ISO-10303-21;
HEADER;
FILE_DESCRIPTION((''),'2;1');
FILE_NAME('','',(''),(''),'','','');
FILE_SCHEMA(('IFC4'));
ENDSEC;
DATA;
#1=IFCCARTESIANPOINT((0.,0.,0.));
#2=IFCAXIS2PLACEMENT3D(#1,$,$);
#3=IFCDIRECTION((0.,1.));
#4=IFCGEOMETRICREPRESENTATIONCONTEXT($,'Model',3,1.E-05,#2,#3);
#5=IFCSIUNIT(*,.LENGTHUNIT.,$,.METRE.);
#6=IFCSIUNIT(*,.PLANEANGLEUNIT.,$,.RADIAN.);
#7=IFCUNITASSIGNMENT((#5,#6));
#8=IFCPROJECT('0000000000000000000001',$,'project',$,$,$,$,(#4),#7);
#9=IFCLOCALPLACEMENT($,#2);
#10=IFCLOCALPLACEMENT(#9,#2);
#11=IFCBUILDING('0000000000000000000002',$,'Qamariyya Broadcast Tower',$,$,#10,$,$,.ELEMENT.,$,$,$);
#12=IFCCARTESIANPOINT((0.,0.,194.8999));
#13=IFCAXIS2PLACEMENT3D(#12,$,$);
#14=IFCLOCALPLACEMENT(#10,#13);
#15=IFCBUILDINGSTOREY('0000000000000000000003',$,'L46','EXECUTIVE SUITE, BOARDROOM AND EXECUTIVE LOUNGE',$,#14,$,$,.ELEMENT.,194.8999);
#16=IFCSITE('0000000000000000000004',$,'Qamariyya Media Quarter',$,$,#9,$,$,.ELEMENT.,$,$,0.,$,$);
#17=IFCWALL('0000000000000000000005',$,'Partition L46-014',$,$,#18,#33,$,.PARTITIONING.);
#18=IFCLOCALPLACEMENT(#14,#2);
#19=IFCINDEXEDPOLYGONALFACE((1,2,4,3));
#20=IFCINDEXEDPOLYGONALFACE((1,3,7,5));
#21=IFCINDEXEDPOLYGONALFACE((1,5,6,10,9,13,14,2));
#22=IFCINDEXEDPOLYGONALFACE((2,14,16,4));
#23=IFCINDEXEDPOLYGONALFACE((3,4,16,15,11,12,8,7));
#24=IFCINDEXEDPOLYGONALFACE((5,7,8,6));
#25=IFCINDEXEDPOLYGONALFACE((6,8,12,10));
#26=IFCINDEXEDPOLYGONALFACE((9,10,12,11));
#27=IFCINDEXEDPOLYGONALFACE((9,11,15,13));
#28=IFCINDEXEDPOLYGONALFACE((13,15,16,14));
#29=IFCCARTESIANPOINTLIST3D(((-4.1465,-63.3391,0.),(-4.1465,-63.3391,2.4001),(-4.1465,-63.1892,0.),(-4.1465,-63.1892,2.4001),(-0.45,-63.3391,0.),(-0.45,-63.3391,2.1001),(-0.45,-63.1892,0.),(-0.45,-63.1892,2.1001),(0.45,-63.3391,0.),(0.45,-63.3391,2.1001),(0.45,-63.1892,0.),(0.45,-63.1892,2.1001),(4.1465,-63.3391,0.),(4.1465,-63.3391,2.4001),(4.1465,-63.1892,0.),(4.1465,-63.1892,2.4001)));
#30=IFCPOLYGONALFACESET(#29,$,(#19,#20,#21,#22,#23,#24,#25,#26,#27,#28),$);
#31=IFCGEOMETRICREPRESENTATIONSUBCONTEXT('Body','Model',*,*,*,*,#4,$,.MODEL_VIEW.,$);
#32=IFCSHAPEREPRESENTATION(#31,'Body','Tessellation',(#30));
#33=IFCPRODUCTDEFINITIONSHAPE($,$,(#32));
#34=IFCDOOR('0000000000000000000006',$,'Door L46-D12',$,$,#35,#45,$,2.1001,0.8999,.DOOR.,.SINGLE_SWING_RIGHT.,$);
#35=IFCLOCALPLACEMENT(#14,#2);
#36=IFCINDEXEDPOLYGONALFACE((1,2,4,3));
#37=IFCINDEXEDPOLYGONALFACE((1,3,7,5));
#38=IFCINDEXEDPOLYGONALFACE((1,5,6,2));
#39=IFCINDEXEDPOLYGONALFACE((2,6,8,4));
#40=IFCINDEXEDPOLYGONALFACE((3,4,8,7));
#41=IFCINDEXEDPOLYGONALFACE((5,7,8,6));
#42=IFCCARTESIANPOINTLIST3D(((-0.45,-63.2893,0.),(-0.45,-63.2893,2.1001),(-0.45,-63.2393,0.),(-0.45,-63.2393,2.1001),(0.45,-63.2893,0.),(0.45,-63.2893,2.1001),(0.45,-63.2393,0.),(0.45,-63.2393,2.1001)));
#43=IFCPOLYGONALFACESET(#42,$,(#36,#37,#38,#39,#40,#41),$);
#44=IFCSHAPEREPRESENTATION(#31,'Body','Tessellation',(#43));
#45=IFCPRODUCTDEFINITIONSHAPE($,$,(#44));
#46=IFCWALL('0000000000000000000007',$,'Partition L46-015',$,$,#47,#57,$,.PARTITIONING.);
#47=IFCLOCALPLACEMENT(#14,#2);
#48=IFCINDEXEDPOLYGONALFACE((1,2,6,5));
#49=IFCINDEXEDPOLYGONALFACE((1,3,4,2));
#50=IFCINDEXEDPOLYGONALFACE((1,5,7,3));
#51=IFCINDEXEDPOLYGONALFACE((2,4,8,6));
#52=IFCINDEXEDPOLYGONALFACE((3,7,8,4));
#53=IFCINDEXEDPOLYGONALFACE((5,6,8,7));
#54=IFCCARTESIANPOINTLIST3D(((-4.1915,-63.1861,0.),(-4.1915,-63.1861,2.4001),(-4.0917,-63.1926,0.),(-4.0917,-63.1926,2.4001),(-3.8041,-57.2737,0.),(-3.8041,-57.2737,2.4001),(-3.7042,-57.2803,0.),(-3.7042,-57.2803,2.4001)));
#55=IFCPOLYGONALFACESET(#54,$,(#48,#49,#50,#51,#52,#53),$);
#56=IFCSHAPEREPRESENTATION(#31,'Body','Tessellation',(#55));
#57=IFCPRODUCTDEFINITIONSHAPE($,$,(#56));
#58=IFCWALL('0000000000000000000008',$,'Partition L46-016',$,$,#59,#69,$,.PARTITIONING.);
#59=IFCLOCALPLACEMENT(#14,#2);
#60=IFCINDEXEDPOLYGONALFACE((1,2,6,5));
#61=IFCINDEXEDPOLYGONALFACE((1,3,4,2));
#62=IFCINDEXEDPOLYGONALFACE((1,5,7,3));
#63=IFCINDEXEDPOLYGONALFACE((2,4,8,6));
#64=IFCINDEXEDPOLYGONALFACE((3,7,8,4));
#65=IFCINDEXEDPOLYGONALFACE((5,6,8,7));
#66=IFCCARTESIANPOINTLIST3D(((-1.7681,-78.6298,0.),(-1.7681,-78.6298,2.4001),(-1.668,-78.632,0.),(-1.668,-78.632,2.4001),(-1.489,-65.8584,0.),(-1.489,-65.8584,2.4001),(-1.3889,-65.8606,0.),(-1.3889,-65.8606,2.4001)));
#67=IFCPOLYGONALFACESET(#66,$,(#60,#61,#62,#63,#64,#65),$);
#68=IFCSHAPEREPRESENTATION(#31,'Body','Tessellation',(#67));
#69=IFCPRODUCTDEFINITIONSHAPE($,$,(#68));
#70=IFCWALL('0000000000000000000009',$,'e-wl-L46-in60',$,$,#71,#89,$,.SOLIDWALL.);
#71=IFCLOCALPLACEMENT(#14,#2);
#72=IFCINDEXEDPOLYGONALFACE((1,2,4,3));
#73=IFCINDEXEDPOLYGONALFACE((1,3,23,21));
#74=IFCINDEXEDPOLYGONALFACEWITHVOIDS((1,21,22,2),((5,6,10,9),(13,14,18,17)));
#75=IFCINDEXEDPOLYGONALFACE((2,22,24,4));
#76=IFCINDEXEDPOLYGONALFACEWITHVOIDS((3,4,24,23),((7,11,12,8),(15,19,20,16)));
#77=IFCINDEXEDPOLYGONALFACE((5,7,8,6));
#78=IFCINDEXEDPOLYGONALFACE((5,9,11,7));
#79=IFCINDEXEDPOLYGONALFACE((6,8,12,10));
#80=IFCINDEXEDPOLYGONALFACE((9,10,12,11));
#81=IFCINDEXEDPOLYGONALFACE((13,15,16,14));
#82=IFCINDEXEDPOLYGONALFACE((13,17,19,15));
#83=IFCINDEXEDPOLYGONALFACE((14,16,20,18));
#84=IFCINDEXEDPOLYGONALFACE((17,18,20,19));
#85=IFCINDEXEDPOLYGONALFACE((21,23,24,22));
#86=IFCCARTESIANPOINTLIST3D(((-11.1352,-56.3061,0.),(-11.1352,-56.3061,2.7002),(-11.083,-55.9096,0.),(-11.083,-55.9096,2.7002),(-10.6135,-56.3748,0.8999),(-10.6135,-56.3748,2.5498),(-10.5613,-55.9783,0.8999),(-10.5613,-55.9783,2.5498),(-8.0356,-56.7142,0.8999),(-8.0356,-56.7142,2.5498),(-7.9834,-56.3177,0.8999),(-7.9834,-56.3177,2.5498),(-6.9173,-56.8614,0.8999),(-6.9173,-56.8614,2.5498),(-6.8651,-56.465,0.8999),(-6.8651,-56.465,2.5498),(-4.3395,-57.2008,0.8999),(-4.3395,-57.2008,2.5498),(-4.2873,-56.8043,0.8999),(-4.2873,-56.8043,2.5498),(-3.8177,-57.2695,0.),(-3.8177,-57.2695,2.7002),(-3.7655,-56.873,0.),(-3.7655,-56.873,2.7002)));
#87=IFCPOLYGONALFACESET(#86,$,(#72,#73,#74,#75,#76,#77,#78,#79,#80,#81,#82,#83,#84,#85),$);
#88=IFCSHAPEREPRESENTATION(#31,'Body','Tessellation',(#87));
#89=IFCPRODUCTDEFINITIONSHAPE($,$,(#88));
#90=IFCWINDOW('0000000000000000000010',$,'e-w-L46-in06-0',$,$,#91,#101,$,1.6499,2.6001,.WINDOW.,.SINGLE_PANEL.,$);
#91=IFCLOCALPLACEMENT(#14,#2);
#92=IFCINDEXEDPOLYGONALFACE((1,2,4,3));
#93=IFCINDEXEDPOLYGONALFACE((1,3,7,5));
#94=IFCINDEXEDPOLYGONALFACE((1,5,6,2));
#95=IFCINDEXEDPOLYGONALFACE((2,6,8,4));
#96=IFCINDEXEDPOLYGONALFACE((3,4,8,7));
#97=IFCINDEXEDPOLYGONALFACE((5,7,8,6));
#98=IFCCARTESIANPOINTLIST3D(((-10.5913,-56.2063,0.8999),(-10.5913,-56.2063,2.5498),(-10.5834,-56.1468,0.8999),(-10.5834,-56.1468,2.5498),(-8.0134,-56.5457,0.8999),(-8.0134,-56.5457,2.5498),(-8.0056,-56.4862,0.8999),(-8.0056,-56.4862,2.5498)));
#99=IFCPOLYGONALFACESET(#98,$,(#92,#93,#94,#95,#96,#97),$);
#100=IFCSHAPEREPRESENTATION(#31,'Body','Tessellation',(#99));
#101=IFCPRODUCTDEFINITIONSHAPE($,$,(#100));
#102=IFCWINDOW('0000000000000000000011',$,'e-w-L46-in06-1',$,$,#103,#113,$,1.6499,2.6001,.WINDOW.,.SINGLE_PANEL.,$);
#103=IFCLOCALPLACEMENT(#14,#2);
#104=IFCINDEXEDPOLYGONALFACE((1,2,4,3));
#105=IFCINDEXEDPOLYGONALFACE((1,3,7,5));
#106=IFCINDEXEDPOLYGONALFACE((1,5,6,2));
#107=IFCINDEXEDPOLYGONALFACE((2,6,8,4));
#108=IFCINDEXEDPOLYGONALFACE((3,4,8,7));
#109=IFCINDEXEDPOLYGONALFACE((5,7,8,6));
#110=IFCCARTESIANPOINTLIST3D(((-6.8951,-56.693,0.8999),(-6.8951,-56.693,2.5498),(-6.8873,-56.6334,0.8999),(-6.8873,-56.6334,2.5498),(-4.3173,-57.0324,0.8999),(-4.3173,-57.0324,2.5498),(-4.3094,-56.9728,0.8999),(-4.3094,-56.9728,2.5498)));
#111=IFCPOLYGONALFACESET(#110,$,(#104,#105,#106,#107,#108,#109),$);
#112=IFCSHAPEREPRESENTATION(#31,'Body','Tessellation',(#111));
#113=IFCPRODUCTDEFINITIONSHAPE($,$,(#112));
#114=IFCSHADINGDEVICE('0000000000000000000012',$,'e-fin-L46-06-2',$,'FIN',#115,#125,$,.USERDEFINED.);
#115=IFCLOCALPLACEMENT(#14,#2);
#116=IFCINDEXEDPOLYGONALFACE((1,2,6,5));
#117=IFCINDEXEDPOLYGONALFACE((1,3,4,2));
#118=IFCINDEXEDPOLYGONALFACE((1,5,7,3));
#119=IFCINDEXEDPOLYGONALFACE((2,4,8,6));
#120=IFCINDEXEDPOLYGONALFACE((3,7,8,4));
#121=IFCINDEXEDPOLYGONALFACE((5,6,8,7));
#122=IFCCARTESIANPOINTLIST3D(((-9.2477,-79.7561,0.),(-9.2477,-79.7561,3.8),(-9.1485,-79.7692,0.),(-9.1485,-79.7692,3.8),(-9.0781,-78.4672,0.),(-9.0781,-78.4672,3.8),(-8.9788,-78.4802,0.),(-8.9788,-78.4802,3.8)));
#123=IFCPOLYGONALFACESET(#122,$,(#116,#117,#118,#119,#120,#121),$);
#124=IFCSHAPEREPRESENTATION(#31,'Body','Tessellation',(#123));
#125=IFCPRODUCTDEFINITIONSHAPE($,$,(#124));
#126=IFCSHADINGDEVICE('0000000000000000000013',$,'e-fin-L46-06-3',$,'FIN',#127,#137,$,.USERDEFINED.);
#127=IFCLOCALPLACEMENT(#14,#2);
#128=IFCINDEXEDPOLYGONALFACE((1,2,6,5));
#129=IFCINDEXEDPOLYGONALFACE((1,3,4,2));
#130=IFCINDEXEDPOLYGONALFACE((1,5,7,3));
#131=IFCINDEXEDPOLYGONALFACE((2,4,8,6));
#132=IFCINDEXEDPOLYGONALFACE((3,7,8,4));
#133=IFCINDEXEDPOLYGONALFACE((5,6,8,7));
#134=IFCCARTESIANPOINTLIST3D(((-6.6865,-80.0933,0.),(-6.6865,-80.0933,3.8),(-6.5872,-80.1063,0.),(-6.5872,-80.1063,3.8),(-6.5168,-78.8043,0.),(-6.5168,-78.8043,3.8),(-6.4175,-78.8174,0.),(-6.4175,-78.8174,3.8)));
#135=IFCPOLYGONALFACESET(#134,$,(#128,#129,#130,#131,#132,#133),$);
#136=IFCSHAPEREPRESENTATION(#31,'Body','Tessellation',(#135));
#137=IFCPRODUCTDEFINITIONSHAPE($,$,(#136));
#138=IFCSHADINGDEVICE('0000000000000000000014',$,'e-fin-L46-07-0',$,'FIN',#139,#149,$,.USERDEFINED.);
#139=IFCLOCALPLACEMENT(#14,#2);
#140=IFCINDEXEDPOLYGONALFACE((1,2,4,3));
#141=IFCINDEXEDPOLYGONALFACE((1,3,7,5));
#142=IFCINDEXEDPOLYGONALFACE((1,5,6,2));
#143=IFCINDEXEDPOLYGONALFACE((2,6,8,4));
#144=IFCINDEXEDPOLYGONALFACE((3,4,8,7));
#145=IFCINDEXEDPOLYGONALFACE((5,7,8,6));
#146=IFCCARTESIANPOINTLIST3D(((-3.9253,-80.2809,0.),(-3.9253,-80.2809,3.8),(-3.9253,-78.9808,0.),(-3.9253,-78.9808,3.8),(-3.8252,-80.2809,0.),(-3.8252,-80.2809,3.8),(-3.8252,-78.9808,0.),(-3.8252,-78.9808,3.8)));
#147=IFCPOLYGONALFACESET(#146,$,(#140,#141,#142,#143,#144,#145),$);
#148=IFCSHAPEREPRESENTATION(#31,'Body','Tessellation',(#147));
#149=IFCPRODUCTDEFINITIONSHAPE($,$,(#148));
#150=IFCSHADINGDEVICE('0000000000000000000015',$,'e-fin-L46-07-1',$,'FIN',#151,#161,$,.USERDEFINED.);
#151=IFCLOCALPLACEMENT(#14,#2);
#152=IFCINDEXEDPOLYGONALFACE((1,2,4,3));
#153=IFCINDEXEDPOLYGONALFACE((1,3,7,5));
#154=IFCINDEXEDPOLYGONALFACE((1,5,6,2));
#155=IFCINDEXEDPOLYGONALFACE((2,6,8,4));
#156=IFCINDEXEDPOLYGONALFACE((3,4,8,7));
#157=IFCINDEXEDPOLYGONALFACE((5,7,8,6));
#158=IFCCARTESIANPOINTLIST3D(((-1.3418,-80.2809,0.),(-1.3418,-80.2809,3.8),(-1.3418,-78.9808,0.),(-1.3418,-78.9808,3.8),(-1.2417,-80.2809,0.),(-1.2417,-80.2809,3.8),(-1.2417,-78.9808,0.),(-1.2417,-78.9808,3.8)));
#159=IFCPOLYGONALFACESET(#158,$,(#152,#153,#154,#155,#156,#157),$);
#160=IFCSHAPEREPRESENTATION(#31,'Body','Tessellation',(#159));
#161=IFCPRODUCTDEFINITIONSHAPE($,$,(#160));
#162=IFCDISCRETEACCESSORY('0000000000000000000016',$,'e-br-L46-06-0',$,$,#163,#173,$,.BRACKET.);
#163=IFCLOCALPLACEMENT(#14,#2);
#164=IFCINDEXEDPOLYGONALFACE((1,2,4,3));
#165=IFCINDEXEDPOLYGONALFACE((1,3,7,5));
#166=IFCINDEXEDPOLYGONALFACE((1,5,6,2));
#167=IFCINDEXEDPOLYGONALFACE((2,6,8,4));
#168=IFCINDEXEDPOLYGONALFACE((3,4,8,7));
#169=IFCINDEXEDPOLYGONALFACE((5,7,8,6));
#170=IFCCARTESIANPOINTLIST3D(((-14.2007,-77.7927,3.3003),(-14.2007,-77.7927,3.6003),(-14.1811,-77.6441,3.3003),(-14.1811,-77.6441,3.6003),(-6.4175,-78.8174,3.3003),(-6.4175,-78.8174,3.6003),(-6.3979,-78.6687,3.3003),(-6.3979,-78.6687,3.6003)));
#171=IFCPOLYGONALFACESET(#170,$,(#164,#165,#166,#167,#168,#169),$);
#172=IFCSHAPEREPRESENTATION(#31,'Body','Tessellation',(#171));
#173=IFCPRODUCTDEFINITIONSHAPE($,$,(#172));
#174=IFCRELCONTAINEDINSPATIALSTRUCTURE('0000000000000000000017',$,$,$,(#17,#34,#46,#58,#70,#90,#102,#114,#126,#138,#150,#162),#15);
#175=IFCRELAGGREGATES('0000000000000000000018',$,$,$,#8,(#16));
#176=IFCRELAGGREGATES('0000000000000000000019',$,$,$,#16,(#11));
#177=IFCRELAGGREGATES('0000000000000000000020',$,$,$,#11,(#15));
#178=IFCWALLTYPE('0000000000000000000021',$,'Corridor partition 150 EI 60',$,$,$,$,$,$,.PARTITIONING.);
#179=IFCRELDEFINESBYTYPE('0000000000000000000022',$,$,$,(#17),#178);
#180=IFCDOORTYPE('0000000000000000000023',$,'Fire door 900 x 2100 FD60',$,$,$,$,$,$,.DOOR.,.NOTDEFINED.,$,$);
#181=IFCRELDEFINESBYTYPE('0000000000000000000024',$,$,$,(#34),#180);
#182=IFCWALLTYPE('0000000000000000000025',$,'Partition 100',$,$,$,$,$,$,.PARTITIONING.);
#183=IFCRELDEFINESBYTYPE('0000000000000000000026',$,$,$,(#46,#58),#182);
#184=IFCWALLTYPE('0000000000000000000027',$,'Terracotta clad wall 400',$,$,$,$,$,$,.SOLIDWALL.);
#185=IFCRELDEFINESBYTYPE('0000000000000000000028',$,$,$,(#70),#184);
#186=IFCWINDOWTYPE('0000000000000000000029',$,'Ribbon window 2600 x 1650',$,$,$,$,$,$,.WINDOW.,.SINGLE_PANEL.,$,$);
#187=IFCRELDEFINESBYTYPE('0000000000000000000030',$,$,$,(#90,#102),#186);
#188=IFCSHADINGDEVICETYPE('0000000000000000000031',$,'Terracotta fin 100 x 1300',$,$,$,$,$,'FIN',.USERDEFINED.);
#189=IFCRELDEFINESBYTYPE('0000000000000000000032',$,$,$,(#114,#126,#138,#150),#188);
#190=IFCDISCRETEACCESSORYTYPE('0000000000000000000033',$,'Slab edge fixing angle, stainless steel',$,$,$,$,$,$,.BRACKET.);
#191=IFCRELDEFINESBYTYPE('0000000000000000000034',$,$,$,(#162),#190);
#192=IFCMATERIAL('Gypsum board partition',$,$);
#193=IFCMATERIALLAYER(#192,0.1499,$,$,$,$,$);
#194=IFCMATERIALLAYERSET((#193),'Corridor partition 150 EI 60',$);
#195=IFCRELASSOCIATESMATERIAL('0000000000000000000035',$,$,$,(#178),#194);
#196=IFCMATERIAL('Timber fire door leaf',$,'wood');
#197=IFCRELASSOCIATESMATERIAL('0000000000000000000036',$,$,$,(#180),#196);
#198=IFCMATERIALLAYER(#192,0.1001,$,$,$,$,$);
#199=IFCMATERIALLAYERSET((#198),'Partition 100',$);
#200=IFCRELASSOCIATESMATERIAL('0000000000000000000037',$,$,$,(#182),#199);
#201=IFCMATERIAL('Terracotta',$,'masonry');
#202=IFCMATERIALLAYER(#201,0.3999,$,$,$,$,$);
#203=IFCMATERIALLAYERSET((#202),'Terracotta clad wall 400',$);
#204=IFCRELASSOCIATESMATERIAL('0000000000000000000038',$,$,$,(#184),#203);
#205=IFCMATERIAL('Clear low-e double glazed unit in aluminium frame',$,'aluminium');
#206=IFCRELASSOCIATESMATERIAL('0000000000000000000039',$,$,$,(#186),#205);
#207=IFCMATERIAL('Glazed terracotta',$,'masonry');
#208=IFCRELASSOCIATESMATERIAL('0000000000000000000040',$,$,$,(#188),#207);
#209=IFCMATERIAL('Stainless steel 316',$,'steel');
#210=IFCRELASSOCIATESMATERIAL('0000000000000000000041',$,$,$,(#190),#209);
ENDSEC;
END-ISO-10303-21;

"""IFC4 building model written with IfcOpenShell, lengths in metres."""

from ifc_helpers import new_model, si_unit, direction, frame, frame_2d, origin, origin_2d, place, context, subcontext, project, spatial, rectangle, extrude, material, layer, layer_set, material_profile, profile_set, type_object, element, fill, save


model = new_model("IFC4")

# Units and contexts
model_context = context("Model", 3, precision=1e-05, world=origin(), true_north=direction((0.0, 1.0)))
body_context = subcontext(model_context, "Body", "Model", "MODEL_VIEW")
ifc_project = project(units=[si_unit("LENGTHUNIT", "METRE"), si_unit("PLANEANGLEUNIT", "RADIAN")], contexts=[model_context])

# Site, building, storey
site_placement = place(None, origin())
site = spatial("IfcSite", under=ifc_project, at=site_placement, Name="Qamariyya Media Quarter", CompositionType="ELEMENT", RefElevation=0.0)
building_placement = place(site_placement, origin())
building = spatial("IfcBuilding", under=site, at=building_placement, Name="Qamariyya Broadcast Tower", CompositionType="ELEMENT")
storey_placement = place(building_placement, frame((0.0, 0.0, 194.8999)))
storey = spatial("IfcBuildingStorey", under=building, at=storey_placement, Name="L46", Description="EXECUTIVE SUITE, BOARDROOM AND EXECUTIVE LOUNGE", CompositionType="ELEMENT", Elevation=194.8999)

# Wall, opening, door
ifc_material_1 = material(Name="Gypsum board partition")
ifc_layer_1 = layer(ifc_material_1, 0.1499)
ifc_layer_set_1 = layer_set([ifc_layer_1], Name="Corridor partition 150 EI 60")
wall_type_1 = type_object("IfcWallType", Name="Corridor partition 150 EI 60", PredefinedType="PARTITIONING", material=ifc_layer_set_1)
ifc_material_2 = material(Name="Timber fire door leaf", Category="wood")
wall_1_placement = place(storey_placement, frame((-4.1465, -63.2642, 0.0), z_axis=(0.0, 0.0, 1.0), x_axis=(1.0, 0.0, 0.0)))
wall_1 = element("IfcWall", 1, at=wall_1_placement, inside=storey, type_object=wall_type_1, Name="Partition L46-014", PredefinedType="PARTITIONING", context=body_context, shape_type="SweptSolid", body=[
    extrude(rectangle(XDim=8.293, YDim=0.1499, at=frame_2d((4.1465, 0.0))), origin(), (0.0, 0.0, 1.0), 2.4001),
])
opening_1_placement = place(wall_1_placement, frame((3.6965, 0.0, 0.0)))
opening_1 = element("IfcOpeningElement", 2, at=opening_1_placement, cuts=wall_1, PredefinedType="OPENING", context=body_context, shape_type="SweptSolid", body=[
    extrude(rectangle(XDim=0.8999, YDim=2.1001, at=frame_2d((0.45, 1.05))), frame((0.0, 0.085, 0.0), z_axis=(0.0, -1.0, 0.0), x_axis=(1.0, 0.0, 0.0)), (0.0, 0.0, 1.0), 0.1699),
])
door_type_1 = type_object("IfcDoorType", Name="Fire door 900 x 2100 FD60", OperationType="NOTDEFINED", PredefinedType="DOOR", material=ifc_material_2)
door_1_placement = place(opening_1_placement, origin())
door_1 = element("IfcDoor", 3, at=door_1_placement, inside=storey, type_object=door_type_1, Name="Door L46-D12", OperationType="SINGLE_SWING_RIGHT", OverallHeight=2.1001, OverallWidth=0.8999, PredefinedType="DOOR", context=body_context, shape_type="SweptSolid", body=[
    extrude(rectangle(XDim=0.8999, YDim=2.1001, at=frame_2d((0.45, 1.05))), frame((0.0, 0.0249, 0.0), z_axis=(0.0, -1.0, 0.0), x_axis=(1.0, 0.0, 0.0)), (0.0, 0.0, 1.0), 0.05),
])
fill(opening_1, door_1)

# Walls
ifc_layer_2 = layer(ifc_material_1, 0.1001)
ifc_layer_set_2 = layer_set([ifc_layer_2], Name="Partition 100")
wall_type_2 = type_object("IfcWallType", Name="Partition 100", PredefinedType="PARTITIONING", material=ifc_layer_set_2)
wall_2_placement = place(storey_placement, frame((-3.7542, -57.2771, 0.0), z_axis=(0.0, 0.0, 1.0), x_axis=(-0.065392, -0.99786, 0.0)))
element("IfcWall", 4, at=wall_2_placement, inside=storey, type_object=wall_type_2, Name="Partition L46-015", PredefinedType="PARTITIONING", context=body_context, shape_type="SweptSolid", body=[
    extrude(rectangle(XDim=5.925, YDim=0.1001, at=frame_2d((2.9624, 0.0))), origin(), (0.0, 0.0, 1.0), 2.4001),
])
wall_3_placement = place(storey_placement, frame((-1.718, -78.6309, 0.0), z_axis=(0.0, 0.0, 1.0), x_axis=(0.021844, 0.999761, 0.0)))
element("IfcWall", 5, at=wall_3_placement, inside=storey, type_object=wall_type_2, Name="Partition L46-016", PredefinedType="PARTITIONING", context=body_context, shape_type="SweptSolid", body=[
    extrude(rectangle(XDim=12.7744, YDim=0.1001, at=frame_2d((6.3872, 0.0))), origin(), (0.0, 0.0, 1.0), 2.4001),
])

# Wall, openings, windows
ifc_material_3 = material(Name="Terracotta", Category="masonry")
ifc_layer_3 = layer(ifc_material_3, 0.3999)
ifc_layer_set_3 = layer_set([ifc_layer_3], Name="Terracotta clad wall 400")
wall_type_3 = type_object("IfcWallType", Name="Terracotta clad wall 400", PredefinedType="SOLIDWALL", material=ifc_layer_set_3)
wall_4_placement = place(storey_placement, frame((-3.7915, -57.0713, 0.0), z_axis=(0.0, 0.0, 1.0), x_axis=(-0.991444, 0.13053, 0.0)))
wall_4 = element("IfcWall", 6, at=wall_4_placement, inside=storey, type_object=wall_type_3, Name="e-wl-L46-in60", PredefinedType="SOLIDWALL", context=body_context, shape_type="SweptSolid", body=[
    extrude(rectangle(XDim=7.3806, YDim=0.3999, at=frame_2d((3.6904, 0.0))), origin(), (0.0, 0.0, 1.0), 2.7002),
])
opening_2_placement = place(wall_4_placement, frame((4.2544, 0.0, 0.8999)))
opening_2 = element("IfcOpeningElement", 7, at=opening_2_placement, cuts=wall_4, PredefinedType="OPENING", context=body_context, shape_type="SweptSolid", body=[
    extrude(rectangle(XDim=2.6001, YDim=1.6499, at=frame_2d((1.3, 0.825))), frame((0.0, 0.21, 0.0), z_axis=(0.0, -1.0, 0.0), x_axis=(1.0, 0.0, 0.0)), (0.0, 0.0, 1.0), 0.4199),
])
opening_3_placement = place(wall_4_placement, frame((0.5264, 0.0, 0.8999)))
opening_3 = element("IfcOpeningElement", 8, at=opening_3_placement, cuts=wall_4, PredefinedType="OPENING", context=body_context, shape_type="SweptSolid", body=[
    extrude(rectangle(XDim=2.6001, YDim=1.6499, at=frame_2d((1.3, 0.825))), frame((0.0, 0.21, 0.0), z_axis=(0.0, -1.0, 0.0), x_axis=(1.0, 0.0, 0.0)), (0.0, 0.0, 1.0), 0.4199),
])
ifc_material_4 = material(Name="Clear low-e double glazed unit in aluminium frame", Category="aluminium")
window_type = type_object("IfcWindowType", Name="Ribbon window 2600 x 1650", PartitioningType="SINGLE_PANEL", PredefinedType="WINDOW", material=ifc_material_4)
window_1_placement = place(opening_2_placement, origin())
window_1 = element("IfcWindow", 9, at=window_1_placement, inside=storey, type_object=window_type, Name="e-w-L46-in06-0", OverallHeight=1.6499, OverallWidth=2.6001, PartitioningType="SINGLE_PANEL", PredefinedType="WINDOW", context=body_context, shape_type="SweptSolid", body=[
    extrude(rectangle(XDim=2.6001, YDim=1.6499, at=frame_2d((1.3, 0.825))), frame((0.0, 0.03, 0.0), z_axis=(0.0, -1.0, 0.0), x_axis=(1.0, 0.0, 0.0)), (0.0, 0.0, 1.0), 0.0601),
])
fill(opening_2, window_1)
window_2_placement = place(opening_3_placement, origin())
window_2 = element("IfcWindow", 10, at=window_2_placement, inside=storey, type_object=window_type, Name="e-w-L46-in06-1", OverallHeight=1.6499, OverallWidth=2.6001, PartitioningType="SINGLE_PANEL", PredefinedType="WINDOW", context=body_context, shape_type="SweptSolid", body=[
    extrude(rectangle(XDim=2.6001, YDim=1.6499, at=frame_2d((1.3, 0.825))), frame((0.0, 0.03, 0.0), z_axis=(0.0, -1.0, 0.0), x_axis=(1.0, 0.0, 0.0)), (0.0, 0.0, 1.0), 0.0601),
])
fill(opening_3, window_2)

# Shading devices
ifc_material_5 = material(Name="Glazed terracotta", Category="masonry")
ifc_material_profile_1 = material_profile(ifc_material_5, rectangle(XDim=1.3, YDim=0.1001, at=origin_2d()))
ifc_profile_set_1 = profile_set([ifc_material_profile_1], Name="Glazed terracotta")
shading_device_type_1 = type_object("IfcShadingDeviceType", Name="Terracotta fin 100 x 1300", ElementType="FIN", PredefinedType="USERDEFINED", material=ifc_profile_set_1)
for number, where, z_axis, x_axis, name in (
    (11, (-9.1133, -79.1182, 0.0), (0.0, 0.0, 1.0), (-0.130526, -0.991445, 0.0), "e-fin-L46-06-2"),
    (12, (-6.552, -79.4553, 0.0), (0.0, 0.0, 1.0), (-0.130526, -0.991445, 0.0), "e-fin-L46-06-3"),
    (13, (-3.8752, -79.6309, 0.0), (0.0, 0.0, 1.0), (0.0, -1.0, 0.0), "e-fin-L46-07-0"),
    (14, (-1.2917, -79.6309, 0.0), (0.0, 0.0, 1.0), (0.0, -1.0, 0.0), "e-fin-L46-07-1"),
):
    element("IfcShadingDevice", number, at=place(storey_placement, frame(where, z_axis=z_axis, x_axis=x_axis)), inside=storey, type_object=shading_device_type_1, Name=name, ObjectType="FIN", PredefinedType="USERDEFINED", context=body_context, shape_type="SweptSolid", body=[
        extrude(rectangle(XDim=1.3, YDim=0.1001, at=origin_2d()), origin(), (0.0, 0.0, 1.0), 3.8),
    ])

# Discrete accessory
ifc_material_6 = material(Name="Stainless steel 316", Category="steel")
discrete_accessory_type = type_object("IfcDiscreteAccessoryType", Name="Slab edge fixing angle, stainless steel", PredefinedType="BRACKET", material=ifc_material_6)
discrete_accessory_placement = place(storey_placement, frame((-10.2993, -78.2307, 3.3003), z_axis=(0.0, 0.0, 1.0), x_axis=(0.991445, -0.130526, 0.0)))
element("IfcDiscreteAccessory", 15, at=discrete_accessory_placement, inside=storey, type_object=discrete_accessory_type, Name="e-br-L46-06-0", PredefinedType="BRACKET", context=body_context, shape_type="SweptSolid", body=[
    extrude(rectangle(XDim=7.8503, YDim=0.1499, at=origin_2d()), origin(), (0.0, 0.0, 1.0), 0.3),
])

save(model, "model.ifc")
